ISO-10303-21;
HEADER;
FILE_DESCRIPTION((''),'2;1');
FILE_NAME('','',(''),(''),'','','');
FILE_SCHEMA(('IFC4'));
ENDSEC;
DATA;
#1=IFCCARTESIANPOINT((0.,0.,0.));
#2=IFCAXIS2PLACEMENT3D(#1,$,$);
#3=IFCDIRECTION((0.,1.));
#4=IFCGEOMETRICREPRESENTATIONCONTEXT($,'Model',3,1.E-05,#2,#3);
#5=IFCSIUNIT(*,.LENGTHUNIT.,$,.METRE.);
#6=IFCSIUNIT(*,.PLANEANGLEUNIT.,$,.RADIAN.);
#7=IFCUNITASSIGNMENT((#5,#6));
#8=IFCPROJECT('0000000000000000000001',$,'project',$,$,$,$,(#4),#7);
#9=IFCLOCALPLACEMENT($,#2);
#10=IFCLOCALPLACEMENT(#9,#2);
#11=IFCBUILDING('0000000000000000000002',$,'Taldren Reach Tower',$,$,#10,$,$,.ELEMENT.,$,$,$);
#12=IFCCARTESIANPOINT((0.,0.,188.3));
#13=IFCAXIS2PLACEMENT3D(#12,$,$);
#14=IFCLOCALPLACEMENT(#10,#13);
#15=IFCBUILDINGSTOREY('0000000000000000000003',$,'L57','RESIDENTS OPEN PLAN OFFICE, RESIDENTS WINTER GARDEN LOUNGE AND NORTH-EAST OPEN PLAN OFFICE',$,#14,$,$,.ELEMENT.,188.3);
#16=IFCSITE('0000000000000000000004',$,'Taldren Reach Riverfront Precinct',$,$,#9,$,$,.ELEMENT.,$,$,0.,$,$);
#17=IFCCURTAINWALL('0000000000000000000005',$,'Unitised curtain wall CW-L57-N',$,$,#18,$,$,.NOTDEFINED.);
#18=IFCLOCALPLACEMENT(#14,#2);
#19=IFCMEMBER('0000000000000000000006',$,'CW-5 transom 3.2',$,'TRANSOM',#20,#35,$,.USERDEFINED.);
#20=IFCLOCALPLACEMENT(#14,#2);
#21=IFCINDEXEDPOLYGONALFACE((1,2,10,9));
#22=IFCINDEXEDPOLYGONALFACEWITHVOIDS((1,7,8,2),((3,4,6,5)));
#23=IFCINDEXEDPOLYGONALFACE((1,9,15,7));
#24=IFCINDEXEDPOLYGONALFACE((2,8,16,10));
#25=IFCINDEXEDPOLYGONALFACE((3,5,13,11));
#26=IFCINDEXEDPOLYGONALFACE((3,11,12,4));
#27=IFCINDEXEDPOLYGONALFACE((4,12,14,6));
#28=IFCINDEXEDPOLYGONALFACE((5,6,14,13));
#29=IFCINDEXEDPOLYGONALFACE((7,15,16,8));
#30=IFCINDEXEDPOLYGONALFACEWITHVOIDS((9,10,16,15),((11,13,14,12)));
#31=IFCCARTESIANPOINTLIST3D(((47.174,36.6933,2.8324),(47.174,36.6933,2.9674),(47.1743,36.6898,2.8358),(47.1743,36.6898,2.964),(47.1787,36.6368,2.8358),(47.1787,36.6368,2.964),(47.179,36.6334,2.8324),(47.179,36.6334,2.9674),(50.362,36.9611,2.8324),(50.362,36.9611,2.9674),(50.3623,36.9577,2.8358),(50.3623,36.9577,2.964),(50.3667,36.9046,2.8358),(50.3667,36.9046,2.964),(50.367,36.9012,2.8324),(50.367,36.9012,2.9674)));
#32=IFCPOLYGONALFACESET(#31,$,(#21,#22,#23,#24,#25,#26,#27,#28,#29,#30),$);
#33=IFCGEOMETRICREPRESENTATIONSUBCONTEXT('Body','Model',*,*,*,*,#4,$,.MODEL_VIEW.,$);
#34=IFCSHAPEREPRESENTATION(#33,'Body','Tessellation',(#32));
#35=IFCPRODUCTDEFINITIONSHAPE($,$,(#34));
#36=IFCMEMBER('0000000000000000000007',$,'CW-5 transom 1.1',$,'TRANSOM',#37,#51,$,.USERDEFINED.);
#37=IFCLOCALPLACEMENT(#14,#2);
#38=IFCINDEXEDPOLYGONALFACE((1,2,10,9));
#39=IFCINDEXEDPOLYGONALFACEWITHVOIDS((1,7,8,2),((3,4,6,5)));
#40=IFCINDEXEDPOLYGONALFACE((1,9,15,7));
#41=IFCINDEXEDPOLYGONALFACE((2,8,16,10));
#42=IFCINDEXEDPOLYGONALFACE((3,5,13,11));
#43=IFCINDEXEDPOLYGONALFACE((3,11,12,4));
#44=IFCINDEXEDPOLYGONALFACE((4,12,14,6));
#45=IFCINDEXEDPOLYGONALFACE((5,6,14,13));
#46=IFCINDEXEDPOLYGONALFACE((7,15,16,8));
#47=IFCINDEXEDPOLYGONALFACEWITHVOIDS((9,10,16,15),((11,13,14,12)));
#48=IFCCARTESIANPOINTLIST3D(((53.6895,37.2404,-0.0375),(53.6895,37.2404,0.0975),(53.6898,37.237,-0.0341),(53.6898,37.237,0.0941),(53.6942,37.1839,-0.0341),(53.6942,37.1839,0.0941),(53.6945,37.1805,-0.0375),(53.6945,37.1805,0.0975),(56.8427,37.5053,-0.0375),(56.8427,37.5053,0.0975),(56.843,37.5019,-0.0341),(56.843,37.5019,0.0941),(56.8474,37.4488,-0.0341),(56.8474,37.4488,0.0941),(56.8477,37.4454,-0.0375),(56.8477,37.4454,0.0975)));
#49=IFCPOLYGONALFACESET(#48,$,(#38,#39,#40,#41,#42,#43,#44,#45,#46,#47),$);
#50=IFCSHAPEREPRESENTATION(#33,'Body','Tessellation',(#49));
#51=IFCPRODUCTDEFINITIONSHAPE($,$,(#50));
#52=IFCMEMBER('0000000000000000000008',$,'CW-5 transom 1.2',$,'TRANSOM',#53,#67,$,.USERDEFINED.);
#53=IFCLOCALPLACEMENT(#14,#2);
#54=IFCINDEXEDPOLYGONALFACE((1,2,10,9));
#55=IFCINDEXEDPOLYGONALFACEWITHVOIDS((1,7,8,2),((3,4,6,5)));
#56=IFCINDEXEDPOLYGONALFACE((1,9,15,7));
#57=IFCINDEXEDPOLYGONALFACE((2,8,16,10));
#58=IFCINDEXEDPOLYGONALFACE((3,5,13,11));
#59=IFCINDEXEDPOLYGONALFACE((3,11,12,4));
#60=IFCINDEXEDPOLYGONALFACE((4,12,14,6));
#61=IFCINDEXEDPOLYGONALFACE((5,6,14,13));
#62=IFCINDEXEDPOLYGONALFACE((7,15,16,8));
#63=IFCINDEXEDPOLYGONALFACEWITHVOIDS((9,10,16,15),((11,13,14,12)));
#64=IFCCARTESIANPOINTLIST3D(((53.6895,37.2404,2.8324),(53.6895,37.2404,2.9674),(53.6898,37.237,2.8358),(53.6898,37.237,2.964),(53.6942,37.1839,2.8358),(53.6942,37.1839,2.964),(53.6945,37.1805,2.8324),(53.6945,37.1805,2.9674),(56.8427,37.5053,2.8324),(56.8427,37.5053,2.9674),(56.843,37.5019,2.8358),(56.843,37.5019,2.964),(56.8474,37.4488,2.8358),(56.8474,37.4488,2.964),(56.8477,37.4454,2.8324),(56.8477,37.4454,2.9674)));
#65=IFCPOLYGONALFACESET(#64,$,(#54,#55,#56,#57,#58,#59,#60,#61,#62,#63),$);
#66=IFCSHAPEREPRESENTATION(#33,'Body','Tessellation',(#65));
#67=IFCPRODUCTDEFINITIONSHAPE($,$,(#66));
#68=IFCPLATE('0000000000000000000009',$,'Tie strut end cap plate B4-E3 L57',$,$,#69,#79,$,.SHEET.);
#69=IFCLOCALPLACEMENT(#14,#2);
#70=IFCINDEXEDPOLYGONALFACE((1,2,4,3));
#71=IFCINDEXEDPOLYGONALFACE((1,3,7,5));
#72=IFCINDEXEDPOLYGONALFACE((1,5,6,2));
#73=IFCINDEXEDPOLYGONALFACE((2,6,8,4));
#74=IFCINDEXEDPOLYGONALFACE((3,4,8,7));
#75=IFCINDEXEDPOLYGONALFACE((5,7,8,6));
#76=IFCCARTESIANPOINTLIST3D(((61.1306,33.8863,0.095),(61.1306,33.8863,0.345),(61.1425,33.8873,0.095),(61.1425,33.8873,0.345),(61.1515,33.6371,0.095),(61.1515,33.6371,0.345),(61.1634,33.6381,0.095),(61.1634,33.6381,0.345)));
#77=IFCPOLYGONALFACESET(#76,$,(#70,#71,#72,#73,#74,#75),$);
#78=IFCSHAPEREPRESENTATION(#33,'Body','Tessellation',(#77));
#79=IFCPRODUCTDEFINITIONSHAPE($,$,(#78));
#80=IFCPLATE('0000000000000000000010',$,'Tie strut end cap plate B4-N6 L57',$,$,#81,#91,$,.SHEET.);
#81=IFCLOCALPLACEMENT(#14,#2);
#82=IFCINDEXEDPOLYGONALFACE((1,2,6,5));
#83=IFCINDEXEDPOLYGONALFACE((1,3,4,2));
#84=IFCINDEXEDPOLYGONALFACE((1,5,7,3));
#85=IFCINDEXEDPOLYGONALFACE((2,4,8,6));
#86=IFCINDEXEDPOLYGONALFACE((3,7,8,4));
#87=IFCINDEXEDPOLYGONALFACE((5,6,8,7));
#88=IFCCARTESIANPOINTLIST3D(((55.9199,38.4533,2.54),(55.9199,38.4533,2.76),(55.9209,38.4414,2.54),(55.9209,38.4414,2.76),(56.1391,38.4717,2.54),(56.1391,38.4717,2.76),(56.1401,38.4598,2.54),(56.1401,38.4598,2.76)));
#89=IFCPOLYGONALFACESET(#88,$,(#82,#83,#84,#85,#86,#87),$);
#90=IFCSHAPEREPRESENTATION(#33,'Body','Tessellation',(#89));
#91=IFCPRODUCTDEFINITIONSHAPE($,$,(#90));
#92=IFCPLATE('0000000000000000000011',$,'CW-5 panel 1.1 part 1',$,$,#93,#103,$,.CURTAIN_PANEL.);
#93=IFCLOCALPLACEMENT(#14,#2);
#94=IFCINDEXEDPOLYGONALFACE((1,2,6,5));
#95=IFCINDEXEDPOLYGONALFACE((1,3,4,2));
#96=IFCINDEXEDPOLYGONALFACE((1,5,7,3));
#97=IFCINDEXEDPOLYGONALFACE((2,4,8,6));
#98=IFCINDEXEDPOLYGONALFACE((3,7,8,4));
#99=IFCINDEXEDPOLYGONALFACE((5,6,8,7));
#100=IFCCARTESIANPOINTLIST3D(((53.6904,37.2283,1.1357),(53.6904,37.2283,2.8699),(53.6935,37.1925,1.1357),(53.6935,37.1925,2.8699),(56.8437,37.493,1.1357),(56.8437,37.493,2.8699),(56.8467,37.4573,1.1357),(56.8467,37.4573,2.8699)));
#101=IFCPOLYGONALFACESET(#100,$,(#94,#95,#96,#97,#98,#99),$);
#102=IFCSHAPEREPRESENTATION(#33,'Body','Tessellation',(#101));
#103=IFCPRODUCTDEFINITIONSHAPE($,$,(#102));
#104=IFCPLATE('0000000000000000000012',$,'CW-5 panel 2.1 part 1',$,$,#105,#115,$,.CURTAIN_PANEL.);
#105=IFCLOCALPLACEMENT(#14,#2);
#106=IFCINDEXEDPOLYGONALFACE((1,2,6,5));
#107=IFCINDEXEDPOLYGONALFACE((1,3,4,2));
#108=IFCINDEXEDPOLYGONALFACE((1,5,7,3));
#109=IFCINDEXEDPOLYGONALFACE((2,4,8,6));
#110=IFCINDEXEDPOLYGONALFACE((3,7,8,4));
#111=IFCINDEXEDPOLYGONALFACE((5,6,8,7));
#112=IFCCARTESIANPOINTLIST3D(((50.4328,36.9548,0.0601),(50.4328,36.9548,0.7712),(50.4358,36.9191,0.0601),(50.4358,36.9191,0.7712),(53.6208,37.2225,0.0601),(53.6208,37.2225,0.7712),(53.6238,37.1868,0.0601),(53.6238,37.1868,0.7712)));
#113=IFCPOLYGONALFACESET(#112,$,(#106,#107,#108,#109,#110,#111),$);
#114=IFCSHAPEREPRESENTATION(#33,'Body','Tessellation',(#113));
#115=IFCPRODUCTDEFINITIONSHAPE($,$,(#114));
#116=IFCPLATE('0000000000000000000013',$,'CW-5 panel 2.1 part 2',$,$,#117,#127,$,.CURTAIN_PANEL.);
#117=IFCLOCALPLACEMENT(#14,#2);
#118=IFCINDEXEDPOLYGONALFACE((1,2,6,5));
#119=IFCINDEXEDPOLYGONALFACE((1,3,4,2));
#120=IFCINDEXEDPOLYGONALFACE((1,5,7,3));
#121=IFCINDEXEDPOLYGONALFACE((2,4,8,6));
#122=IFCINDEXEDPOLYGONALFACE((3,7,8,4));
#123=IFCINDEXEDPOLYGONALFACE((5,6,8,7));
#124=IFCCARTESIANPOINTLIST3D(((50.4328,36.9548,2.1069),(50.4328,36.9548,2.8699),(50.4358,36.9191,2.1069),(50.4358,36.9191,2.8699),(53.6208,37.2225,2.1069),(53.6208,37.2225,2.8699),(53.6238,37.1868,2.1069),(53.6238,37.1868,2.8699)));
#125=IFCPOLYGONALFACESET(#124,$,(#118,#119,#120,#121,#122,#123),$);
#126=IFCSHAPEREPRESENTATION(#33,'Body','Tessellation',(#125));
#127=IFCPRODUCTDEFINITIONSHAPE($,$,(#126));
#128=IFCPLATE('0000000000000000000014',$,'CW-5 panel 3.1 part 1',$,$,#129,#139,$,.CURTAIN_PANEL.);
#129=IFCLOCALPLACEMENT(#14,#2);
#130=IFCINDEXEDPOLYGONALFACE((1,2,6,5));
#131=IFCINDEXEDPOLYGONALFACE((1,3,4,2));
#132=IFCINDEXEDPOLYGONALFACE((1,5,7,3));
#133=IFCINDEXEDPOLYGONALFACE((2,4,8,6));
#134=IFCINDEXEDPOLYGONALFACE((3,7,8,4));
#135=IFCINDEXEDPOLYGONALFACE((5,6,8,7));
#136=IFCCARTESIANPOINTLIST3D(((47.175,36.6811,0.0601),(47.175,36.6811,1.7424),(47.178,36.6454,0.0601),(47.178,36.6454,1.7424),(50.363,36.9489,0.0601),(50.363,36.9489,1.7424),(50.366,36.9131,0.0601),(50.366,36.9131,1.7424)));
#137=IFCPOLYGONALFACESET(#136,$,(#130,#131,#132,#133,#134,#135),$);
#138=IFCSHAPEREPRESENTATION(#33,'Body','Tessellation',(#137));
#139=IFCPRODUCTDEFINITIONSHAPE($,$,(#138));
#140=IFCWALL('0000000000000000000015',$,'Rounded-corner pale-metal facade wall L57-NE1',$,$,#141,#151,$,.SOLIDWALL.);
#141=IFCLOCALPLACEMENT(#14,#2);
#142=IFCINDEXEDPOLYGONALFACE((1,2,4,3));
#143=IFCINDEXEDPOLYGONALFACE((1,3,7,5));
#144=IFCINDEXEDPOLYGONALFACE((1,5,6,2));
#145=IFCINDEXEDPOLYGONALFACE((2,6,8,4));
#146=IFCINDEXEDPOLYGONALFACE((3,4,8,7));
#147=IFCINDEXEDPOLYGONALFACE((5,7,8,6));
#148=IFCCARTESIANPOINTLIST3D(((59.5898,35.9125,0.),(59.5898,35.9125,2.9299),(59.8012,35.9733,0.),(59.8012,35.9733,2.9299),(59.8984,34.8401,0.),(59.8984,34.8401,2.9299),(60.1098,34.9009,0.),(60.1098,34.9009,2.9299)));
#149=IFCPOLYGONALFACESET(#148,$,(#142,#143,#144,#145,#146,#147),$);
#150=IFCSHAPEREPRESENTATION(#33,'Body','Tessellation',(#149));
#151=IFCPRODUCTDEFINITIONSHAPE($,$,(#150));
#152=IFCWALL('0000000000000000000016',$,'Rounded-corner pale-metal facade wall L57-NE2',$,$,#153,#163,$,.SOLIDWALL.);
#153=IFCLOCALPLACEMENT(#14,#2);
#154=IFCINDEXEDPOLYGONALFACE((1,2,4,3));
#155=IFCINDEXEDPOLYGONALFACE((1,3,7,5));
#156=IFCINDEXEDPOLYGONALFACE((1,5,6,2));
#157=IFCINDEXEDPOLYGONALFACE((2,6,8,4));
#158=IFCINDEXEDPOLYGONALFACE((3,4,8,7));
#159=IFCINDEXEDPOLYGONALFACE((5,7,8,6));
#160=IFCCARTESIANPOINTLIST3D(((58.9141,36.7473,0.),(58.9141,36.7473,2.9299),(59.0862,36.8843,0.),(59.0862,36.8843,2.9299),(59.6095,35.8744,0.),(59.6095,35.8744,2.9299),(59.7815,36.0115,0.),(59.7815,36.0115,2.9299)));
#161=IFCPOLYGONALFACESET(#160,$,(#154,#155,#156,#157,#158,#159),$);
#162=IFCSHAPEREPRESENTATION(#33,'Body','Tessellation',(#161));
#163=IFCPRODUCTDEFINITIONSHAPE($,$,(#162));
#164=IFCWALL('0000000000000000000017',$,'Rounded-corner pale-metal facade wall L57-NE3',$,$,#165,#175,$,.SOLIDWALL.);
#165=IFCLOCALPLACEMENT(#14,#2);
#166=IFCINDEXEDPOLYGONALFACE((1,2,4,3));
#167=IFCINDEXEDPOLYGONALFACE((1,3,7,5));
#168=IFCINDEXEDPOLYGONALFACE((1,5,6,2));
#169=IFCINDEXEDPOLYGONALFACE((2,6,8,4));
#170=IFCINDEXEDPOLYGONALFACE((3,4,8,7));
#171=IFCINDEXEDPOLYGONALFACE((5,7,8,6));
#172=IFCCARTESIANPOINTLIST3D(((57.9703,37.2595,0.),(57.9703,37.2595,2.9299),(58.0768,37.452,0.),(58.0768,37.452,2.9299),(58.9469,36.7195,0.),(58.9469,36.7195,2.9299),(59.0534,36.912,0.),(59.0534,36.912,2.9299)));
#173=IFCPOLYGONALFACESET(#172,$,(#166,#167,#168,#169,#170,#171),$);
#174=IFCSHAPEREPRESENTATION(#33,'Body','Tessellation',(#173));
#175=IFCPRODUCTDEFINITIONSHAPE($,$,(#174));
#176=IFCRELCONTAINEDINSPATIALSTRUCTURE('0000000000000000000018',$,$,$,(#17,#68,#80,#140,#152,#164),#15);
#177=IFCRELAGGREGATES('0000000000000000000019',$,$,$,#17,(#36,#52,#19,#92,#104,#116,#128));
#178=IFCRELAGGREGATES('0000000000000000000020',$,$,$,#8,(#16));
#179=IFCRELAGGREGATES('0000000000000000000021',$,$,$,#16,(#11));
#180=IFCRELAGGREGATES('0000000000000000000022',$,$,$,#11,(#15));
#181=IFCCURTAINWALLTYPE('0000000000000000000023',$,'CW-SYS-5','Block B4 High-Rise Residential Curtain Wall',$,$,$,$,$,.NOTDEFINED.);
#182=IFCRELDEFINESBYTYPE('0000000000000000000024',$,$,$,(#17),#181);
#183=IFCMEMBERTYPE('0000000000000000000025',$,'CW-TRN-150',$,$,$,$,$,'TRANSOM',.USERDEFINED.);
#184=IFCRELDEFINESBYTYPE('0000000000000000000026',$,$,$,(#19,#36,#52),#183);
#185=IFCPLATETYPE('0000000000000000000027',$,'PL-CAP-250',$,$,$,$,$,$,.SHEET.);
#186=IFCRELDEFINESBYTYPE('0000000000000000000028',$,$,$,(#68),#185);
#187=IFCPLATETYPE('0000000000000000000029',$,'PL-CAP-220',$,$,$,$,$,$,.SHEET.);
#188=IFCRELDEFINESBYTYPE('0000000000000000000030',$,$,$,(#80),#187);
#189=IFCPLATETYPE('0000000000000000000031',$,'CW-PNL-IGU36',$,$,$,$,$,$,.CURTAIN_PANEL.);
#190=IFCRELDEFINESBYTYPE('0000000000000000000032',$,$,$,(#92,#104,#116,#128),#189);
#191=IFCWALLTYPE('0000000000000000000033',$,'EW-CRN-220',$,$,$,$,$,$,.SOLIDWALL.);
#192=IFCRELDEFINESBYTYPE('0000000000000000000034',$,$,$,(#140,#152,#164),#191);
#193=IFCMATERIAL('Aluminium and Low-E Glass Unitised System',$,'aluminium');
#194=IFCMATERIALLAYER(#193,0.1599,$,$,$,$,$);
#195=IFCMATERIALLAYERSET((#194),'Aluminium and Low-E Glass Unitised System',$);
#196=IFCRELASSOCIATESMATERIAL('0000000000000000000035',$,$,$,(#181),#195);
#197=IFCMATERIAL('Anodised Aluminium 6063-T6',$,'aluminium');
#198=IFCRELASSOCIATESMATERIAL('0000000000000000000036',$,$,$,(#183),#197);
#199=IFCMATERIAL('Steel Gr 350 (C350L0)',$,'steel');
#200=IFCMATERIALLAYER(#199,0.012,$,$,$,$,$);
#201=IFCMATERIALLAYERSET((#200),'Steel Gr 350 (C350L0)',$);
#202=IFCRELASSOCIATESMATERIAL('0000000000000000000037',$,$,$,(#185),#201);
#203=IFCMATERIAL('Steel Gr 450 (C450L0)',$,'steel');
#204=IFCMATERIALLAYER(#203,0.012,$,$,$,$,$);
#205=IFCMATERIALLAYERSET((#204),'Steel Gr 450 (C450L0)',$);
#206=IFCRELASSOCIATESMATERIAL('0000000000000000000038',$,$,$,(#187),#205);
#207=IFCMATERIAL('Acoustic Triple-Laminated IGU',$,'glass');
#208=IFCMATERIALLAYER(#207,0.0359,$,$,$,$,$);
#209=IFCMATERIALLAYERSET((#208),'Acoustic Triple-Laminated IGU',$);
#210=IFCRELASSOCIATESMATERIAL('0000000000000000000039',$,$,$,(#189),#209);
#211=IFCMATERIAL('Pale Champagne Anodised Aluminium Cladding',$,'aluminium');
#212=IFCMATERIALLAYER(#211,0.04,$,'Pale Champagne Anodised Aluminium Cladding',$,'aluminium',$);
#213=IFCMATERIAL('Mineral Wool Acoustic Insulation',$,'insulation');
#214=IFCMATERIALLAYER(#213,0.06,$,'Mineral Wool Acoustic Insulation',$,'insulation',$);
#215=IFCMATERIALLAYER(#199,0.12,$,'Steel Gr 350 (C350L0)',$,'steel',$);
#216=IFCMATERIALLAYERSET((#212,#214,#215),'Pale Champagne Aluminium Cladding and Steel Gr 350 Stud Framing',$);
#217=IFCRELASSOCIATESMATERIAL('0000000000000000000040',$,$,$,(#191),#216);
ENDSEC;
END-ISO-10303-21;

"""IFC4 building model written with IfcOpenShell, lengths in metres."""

from ifc_helpers import new_model, si_unit, direction, frame, frame_2d, origin, origin_2d, place, context, subcontext, project, spatial, rectangle, hollow_rectangle, extrude, source, transform, mapped, material, layer, layer_set, material_profile, profile_set, type_object, element, aggregate, save


model = new_model("IFC4")

# Units and contexts
model_context = context("Model", 3, precision=1e-05, world=origin(), true_north=direction((0.0, 1.0)))
body_context = subcontext(model_context, "Body", "Model", "MODEL_VIEW")
ifc_project = project(units=[si_unit("LENGTHUNIT", "METRE"), si_unit("PLANEANGLEUNIT", "RADIAN")], contexts=[model_context])

# Site, building, storey
site_placement = place(None, origin())
site = spatial("IfcSite", under=ifc_project, at=site_placement, Name="Taldren Reach Riverfront Precinct", CompositionType="ELEMENT", RefElevation=0.0)
building_placement = place(site_placement, origin())
building = spatial("IfcBuilding", under=site, at=building_placement, Name="Taldren Reach Tower", CompositionType="ELEMENT")
storey_placement = place(building_placement, frame((0.0, 0.0, 188.3)))
storey = spatial("IfcBuildingStorey", under=building, at=storey_placement, Name="L57", Description="RESIDENTS OPEN PLAN OFFICE, RESIDENTS WINTER GARDEN LOUNGE AND NORTH-EAST OPEN PLAN OFFICE", CompositionType="ELEMENT", Elevation=188.3)

# Shared definitions
ifc_material_1 = material(Name="Steel Gr 350 (C350L0)", Category="steel")

# Shared definitions
ifc_material_2 = material(Name="Steel Gr 450 (C450L0)", Category="steel")

# Curtain wall
ifc_material_3 = material(Name="Aluminium and Low-E Glass Unitised System", Category="aluminium")
ifc_layer_1 = layer(ifc_material_3, 0.1599)
ifc_layer_set_1 = layer_set([ifc_layer_1], Name="Aluminium and Low-E Glass Unitised System")
curtain_wall_type = type_object("IfcCurtainWallType", Name="CW-SYS-5", Description="Block B4 High-Rise Residential Curtain Wall", PredefinedType="NOTDEFINED", material=ifc_layer_set_1)
curtain_wall_1_placement = place(storey_placement, origin())
curtain_wall_1 = element("IfcCurtainWall", 1, at=curtain_wall_1_placement, inside=storey, type_object=curtain_wall_type, Name="Unitised curtain wall CW-L57-N", PredefinedType="NOTDEFINED")
ifc_material_4 = material(Name="Anodised Aluminium 6063-T6", Category="aluminium")

# Members
ifc_material_profile_1 = material_profile(ifc_material_4, hollow_rectangle(XDim=0.0601, YDim=0.135, WallThickness=0.0034, at=origin_2d()), Name="ALU-135x60x3.5RHS")
ifc_profile_set_1 = profile_set([ifc_material_profile_1], Name="Anodised Aluminium 6063-T6")
member_type_1 = type_object("IfcMemberType", Name="CW-TRN-150", ElementType="TRANSOM", PredefinedType="USERDEFINED", material=ifc_profile_set_1)
shared_shape_1 = source(origin(), body_context, "Body", "SweptSolid", [
    extrude(hollow_rectangle(XDim=0.0601, YDim=0.135, WallThickness=0.0034, at=origin_2d()), origin(), (0.0, 0.0, 1.0), 3.1992),
])
member_1_placement = place(storey_placement, frame((50.3645, 36.9312, 2.8999), z_axis=(-0.99649, -0.083715, 0.0), x_axis=(0.083715, -0.99649, 0.0)))
member_1 = element("IfcMember", 2, at=member_1_placement, type_object=member_type_1, Name="CW-5 transom 3.2", ObjectType="TRANSOM", PredefinedType="USERDEFINED", context=body_context, shape_type="MappedRepresentation", body=[
    mapped(shared_shape_1, transform((0.0, 0.0, 0.0), scale=1.0)),
])
shared_shape_2 = source(origin(), body_context, "Body", "SweptSolid", [
    extrude(hollow_rectangle(XDim=0.0601, YDim=0.135, WallThickness=0.0034, at=origin_2d()), origin(), (0.0, 0.0, 1.0), 3.1643),
])
member_2_placement = place(storey_placement, frame((56.8452, 37.4753, 0.03), z_axis=(-0.99649, -0.083709, 0.0), x_axis=(0.083709, -0.99649, 0.0)))
member_2 = element("IfcMember", 3, at=member_2_placement, type_object=member_type_1, Name="CW-5 transom 1.1", ObjectType="TRANSOM", PredefinedType="USERDEFINED", context=body_context, shape_type="MappedRepresentation", body=[
    mapped(shared_shape_2, transform((0.0, 0.0, 0.0), scale=1.0)),
])
member_3_placement = place(storey_placement, frame((56.8452, 37.4753, 2.8999), z_axis=(-0.99649, -0.083709, 0.0), x_axis=(0.083709, -0.99649, 0.0)))
member_3 = element("IfcMember", 4, at=member_3_placement, type_object=member_type_1, Name="CW-5 transom 1.2", ObjectType="TRANSOM", PredefinedType="USERDEFINED", context=body_context, shape_type="MappedRepresentation", body=[
    mapped(shared_shape_2, transform((0.0, 0.0, 0.0), scale=1.0)),
])

# Plates
ifc_layer_2 = layer(ifc_material_1, 0.012)
ifc_layer_set_2 = layer_set([ifc_layer_2], Name="Steel Gr 350 (C350L0)")
plate_type_1 = type_object("IfcPlateType", Name="PL-CAP-250", PredefinedType="SHEET", material=ifc_layer_set_2)
shared_shape_3 = source(origin(), body_context, "Body", "SweptSolid", [
    extrude(rectangle(XDim=0.012, YDim=0.25, at=origin_2d()), origin(), (0.0, 0.0, 1.0), 0.25),
])
plate_1_placement = place(storey_placement, frame((61.147, 33.7622, 0.095), z_axis=(0.0, 0.0, 1.0), x_axis=(0.996493, 0.083678, 0.0)))
element("IfcPlate", 5, at=plate_1_placement, inside=storey, type_object=plate_type_1, Name="Tie strut end cap plate B4-E3 L57", PredefinedType="SHEET", context=body_context, shape_type="MappedRepresentation", body=[
    mapped(shared_shape_3, transform((0.0, 0.0, 0.0), scale=1.0)),
])
ifc_layer_3 = layer(ifc_material_2, 0.012)
ifc_layer_set_3 = layer_set([ifc_layer_3], Name="Steel Gr 450 (C450L0)")
plate_type_2 = type_object("IfcPlateType", Name="PL-CAP-220", PredefinedType="SHEET", material=ifc_layer_set_3)
shared_shape_4 = source(origin(), body_context, "Body", "SweptSolid", [
    extrude(rectangle(XDim=0.22, YDim=0.012, at=origin_2d()), origin(), (0.0, 0.0, 1.0), 0.22),
])
plate_2_placement = place(storey_placement, frame((56.03, 38.4565, 2.54), z_axis=(0.0, 0.0, 1.0), x_axis=(0.996493, 0.083678, 0.0)))
element("IfcPlate", 6, at=plate_2_placement, inside=storey, type_object=plate_type_2, Name="Tie strut end cap plate B4-N6 L57", PredefinedType="SHEET", context=body_context, shape_type="MappedRepresentation", body=[
    mapped(shared_shape_4, transform((0.0, 0.0, 0.0), scale=1.0)),
])

# Plates
ifc_material_5 = material(Name="Acoustic Triple-Laminated IGU", Category="glass")
ifc_layer_4 = layer(ifc_material_5, 0.0359)
ifc_layer_set_4 = layer_set([ifc_layer_4], Name="Acoustic Triple-Laminated IGU")
plate_type_3 = type_object("IfcPlateType", Name="CW-PNL-IGU36", PredefinedType="CURTAIN_PANEL", material=ifc_layer_set_4)
shared_shape_5 = source(origin(), body_context, "Body", "SweptSolid", [
    extrude(rectangle(XDim=3.1643, YDim=0.0359, at=origin_2d()), origin(), (0.0, 0.0, 1.0), 1.7341),
])
plate_3_placement = place(storey_placement, frame((55.2686, 37.3428, 1.1357), z_axis=(0.0, 0.0, 1.0), x_axis=(-0.996493, -0.083678, 0.0)))
plate_3 = element("IfcPlate", 7, at=plate_3_placement, type_object=plate_type_3, Name="CW-5 panel 1.1 part 1", PredefinedType="CURTAIN_PANEL", context=body_context, shape_type="MappedRepresentation", body=[
    mapped(shared_shape_5, transform((0.0, 0.0, 0.0), scale=1.0)),
])
shared_shape_6 = source(origin(), body_context, "Body", "SweptSolid", [
    extrude(rectangle(XDim=3.1992, YDim=0.0359, at=origin_2d()), origin(), (0.0, 0.0, 1.0), 0.7112),
])
plate_4_placement = place(storey_placement, frame((52.0283, 37.0708, 0.0601), z_axis=(0.0, 0.0, 1.0), x_axis=(-0.996493, -0.083678, 0.0)))
plate_4 = element("IfcPlate", 8, at=plate_4_placement, type_object=plate_type_3, Name="CW-5 panel 2.1 part 1", PredefinedType="CURTAIN_PANEL", context=body_context, shape_type="MappedRepresentation", body=[
    mapped(shared_shape_6, transform((0.0, 0.0, 0.0), scale=1.0)),
])
shared_shape_7 = source(origin(), body_context, "Body", "SweptSolid", [
    extrude(rectangle(XDim=3.1992, YDim=0.0359, at=origin_2d()), origin(), (0.0, 0.0, 1.0), 0.7629),
])
plate_5_placement = place(storey_placement, frame((52.0283, 37.0708, 2.1069), z_axis=(0.0, 0.0, 1.0), x_axis=(-0.996493, -0.083678, 0.0)))
plate_5 = element("IfcPlate", 9, at=plate_5_placement, type_object=plate_type_3, Name="CW-5 panel 2.1 part 2", PredefinedType="CURTAIN_PANEL", context=body_context, shape_type="MappedRepresentation", body=[
    mapped(shared_shape_7, transform((0.0, 0.0, 0.0), scale=1.0)),
])
shared_shape_8 = source(origin(), body_context, "Body", "SweptSolid", [
    extrude(rectangle(XDim=3.1992, YDim=0.0359, at=origin_2d()), origin(), (0.0, 0.0, 1.0), 1.6824),
])
plate_6_placement = place(storey_placement, frame((48.7705, 36.7971, 0.0601), z_axis=(0.0, 0.0, 1.0), x_axis=(-0.996493, -0.083678, 0.0)))
plate_6 = element("IfcPlate", 10, at=plate_6_placement, type_object=plate_type_3, Name="CW-5 panel 3.1 part 1", PredefinedType="CURTAIN_PANEL", context=body_context, shape_type="MappedRepresentation", body=[
    mapped(shared_shape_8, transform((0.0, 0.0, 0.0), scale=1.0)),
])
aggregate(curtain_wall_1, [member_2, member_3, member_1, plate_3, plate_4, plate_5, plate_6])

# Walls
ifc_material_6 = material(Name="Pale Champagne Anodised Aluminium Cladding", Category="aluminium")
ifc_layer_5 = layer(ifc_material_6, 0.04, Name="Pale Champagne Anodised Aluminium Cladding", Category="aluminium")
ifc_material_7 = material(Name="Mineral Wool Acoustic Insulation", Category="insulation")
ifc_layer_6 = layer(ifc_material_7, 0.06, Name="Mineral Wool Acoustic Insulation", Category="insulation")
ifc_layer_7 = layer(ifc_material_1, 0.12, Name="Steel Gr 350 (C350L0)", Category="steel")
ifc_layer_set_5 = layer_set([ifc_layer_5, ifc_layer_6, ifc_layer_7], Name="Pale Champagne Aluminium Cladding and Steel Gr 350 Stud Framing")
wall_type = type_object("IfcWallType", Name="EW-CRN-220", PredefinedType="SOLIDWALL", material=ifc_layer_set_5)
shared_shape_9 = source(origin(), body_context, "Body", "SweptSolid", [
    extrude(rectangle(XDim=1.116, YDim=0.22, at=frame_2d((0.5581, 0.0))), origin(), (0.0, 0.0, 1.0), 2.9299),
])
for number, where, z_axis, x_axis, name in (
    (11, (60.0042, 34.8704, 0.0), (0.0, 0.0, 1.0), (-0.276512, 0.96101, 0.0), "Rounded-corner pale-metal facade wall L57-NE1"),
    (12, (59.6956, 35.9429, 0.0), (0.0, 0.0, 1.0), (-0.623093, 0.782148, 0.0), "Rounded-corner pale-metal facade wall L57-NE2"),
    (13, (59.0002, 36.8157, 0.0), (0.0, 0.0, 1.0), (-0.875105, 0.483933, 0.0), "Rounded-corner pale-metal facade wall L57-NE3"),
):
    element("IfcWall", number, at=place(storey_placement, frame(where, z_axis=z_axis, x_axis=x_axis)), inside=storey, type_object=wall_type, Name=name, PredefinedType="SOLIDWALL", context=body_context, shape_type="MappedRepresentation", body=[
        mapped(shared_shape_9, transform((0.0, 0.0, 0.0), scale=1.0)),
    ])

save(model, "model.ifc")
